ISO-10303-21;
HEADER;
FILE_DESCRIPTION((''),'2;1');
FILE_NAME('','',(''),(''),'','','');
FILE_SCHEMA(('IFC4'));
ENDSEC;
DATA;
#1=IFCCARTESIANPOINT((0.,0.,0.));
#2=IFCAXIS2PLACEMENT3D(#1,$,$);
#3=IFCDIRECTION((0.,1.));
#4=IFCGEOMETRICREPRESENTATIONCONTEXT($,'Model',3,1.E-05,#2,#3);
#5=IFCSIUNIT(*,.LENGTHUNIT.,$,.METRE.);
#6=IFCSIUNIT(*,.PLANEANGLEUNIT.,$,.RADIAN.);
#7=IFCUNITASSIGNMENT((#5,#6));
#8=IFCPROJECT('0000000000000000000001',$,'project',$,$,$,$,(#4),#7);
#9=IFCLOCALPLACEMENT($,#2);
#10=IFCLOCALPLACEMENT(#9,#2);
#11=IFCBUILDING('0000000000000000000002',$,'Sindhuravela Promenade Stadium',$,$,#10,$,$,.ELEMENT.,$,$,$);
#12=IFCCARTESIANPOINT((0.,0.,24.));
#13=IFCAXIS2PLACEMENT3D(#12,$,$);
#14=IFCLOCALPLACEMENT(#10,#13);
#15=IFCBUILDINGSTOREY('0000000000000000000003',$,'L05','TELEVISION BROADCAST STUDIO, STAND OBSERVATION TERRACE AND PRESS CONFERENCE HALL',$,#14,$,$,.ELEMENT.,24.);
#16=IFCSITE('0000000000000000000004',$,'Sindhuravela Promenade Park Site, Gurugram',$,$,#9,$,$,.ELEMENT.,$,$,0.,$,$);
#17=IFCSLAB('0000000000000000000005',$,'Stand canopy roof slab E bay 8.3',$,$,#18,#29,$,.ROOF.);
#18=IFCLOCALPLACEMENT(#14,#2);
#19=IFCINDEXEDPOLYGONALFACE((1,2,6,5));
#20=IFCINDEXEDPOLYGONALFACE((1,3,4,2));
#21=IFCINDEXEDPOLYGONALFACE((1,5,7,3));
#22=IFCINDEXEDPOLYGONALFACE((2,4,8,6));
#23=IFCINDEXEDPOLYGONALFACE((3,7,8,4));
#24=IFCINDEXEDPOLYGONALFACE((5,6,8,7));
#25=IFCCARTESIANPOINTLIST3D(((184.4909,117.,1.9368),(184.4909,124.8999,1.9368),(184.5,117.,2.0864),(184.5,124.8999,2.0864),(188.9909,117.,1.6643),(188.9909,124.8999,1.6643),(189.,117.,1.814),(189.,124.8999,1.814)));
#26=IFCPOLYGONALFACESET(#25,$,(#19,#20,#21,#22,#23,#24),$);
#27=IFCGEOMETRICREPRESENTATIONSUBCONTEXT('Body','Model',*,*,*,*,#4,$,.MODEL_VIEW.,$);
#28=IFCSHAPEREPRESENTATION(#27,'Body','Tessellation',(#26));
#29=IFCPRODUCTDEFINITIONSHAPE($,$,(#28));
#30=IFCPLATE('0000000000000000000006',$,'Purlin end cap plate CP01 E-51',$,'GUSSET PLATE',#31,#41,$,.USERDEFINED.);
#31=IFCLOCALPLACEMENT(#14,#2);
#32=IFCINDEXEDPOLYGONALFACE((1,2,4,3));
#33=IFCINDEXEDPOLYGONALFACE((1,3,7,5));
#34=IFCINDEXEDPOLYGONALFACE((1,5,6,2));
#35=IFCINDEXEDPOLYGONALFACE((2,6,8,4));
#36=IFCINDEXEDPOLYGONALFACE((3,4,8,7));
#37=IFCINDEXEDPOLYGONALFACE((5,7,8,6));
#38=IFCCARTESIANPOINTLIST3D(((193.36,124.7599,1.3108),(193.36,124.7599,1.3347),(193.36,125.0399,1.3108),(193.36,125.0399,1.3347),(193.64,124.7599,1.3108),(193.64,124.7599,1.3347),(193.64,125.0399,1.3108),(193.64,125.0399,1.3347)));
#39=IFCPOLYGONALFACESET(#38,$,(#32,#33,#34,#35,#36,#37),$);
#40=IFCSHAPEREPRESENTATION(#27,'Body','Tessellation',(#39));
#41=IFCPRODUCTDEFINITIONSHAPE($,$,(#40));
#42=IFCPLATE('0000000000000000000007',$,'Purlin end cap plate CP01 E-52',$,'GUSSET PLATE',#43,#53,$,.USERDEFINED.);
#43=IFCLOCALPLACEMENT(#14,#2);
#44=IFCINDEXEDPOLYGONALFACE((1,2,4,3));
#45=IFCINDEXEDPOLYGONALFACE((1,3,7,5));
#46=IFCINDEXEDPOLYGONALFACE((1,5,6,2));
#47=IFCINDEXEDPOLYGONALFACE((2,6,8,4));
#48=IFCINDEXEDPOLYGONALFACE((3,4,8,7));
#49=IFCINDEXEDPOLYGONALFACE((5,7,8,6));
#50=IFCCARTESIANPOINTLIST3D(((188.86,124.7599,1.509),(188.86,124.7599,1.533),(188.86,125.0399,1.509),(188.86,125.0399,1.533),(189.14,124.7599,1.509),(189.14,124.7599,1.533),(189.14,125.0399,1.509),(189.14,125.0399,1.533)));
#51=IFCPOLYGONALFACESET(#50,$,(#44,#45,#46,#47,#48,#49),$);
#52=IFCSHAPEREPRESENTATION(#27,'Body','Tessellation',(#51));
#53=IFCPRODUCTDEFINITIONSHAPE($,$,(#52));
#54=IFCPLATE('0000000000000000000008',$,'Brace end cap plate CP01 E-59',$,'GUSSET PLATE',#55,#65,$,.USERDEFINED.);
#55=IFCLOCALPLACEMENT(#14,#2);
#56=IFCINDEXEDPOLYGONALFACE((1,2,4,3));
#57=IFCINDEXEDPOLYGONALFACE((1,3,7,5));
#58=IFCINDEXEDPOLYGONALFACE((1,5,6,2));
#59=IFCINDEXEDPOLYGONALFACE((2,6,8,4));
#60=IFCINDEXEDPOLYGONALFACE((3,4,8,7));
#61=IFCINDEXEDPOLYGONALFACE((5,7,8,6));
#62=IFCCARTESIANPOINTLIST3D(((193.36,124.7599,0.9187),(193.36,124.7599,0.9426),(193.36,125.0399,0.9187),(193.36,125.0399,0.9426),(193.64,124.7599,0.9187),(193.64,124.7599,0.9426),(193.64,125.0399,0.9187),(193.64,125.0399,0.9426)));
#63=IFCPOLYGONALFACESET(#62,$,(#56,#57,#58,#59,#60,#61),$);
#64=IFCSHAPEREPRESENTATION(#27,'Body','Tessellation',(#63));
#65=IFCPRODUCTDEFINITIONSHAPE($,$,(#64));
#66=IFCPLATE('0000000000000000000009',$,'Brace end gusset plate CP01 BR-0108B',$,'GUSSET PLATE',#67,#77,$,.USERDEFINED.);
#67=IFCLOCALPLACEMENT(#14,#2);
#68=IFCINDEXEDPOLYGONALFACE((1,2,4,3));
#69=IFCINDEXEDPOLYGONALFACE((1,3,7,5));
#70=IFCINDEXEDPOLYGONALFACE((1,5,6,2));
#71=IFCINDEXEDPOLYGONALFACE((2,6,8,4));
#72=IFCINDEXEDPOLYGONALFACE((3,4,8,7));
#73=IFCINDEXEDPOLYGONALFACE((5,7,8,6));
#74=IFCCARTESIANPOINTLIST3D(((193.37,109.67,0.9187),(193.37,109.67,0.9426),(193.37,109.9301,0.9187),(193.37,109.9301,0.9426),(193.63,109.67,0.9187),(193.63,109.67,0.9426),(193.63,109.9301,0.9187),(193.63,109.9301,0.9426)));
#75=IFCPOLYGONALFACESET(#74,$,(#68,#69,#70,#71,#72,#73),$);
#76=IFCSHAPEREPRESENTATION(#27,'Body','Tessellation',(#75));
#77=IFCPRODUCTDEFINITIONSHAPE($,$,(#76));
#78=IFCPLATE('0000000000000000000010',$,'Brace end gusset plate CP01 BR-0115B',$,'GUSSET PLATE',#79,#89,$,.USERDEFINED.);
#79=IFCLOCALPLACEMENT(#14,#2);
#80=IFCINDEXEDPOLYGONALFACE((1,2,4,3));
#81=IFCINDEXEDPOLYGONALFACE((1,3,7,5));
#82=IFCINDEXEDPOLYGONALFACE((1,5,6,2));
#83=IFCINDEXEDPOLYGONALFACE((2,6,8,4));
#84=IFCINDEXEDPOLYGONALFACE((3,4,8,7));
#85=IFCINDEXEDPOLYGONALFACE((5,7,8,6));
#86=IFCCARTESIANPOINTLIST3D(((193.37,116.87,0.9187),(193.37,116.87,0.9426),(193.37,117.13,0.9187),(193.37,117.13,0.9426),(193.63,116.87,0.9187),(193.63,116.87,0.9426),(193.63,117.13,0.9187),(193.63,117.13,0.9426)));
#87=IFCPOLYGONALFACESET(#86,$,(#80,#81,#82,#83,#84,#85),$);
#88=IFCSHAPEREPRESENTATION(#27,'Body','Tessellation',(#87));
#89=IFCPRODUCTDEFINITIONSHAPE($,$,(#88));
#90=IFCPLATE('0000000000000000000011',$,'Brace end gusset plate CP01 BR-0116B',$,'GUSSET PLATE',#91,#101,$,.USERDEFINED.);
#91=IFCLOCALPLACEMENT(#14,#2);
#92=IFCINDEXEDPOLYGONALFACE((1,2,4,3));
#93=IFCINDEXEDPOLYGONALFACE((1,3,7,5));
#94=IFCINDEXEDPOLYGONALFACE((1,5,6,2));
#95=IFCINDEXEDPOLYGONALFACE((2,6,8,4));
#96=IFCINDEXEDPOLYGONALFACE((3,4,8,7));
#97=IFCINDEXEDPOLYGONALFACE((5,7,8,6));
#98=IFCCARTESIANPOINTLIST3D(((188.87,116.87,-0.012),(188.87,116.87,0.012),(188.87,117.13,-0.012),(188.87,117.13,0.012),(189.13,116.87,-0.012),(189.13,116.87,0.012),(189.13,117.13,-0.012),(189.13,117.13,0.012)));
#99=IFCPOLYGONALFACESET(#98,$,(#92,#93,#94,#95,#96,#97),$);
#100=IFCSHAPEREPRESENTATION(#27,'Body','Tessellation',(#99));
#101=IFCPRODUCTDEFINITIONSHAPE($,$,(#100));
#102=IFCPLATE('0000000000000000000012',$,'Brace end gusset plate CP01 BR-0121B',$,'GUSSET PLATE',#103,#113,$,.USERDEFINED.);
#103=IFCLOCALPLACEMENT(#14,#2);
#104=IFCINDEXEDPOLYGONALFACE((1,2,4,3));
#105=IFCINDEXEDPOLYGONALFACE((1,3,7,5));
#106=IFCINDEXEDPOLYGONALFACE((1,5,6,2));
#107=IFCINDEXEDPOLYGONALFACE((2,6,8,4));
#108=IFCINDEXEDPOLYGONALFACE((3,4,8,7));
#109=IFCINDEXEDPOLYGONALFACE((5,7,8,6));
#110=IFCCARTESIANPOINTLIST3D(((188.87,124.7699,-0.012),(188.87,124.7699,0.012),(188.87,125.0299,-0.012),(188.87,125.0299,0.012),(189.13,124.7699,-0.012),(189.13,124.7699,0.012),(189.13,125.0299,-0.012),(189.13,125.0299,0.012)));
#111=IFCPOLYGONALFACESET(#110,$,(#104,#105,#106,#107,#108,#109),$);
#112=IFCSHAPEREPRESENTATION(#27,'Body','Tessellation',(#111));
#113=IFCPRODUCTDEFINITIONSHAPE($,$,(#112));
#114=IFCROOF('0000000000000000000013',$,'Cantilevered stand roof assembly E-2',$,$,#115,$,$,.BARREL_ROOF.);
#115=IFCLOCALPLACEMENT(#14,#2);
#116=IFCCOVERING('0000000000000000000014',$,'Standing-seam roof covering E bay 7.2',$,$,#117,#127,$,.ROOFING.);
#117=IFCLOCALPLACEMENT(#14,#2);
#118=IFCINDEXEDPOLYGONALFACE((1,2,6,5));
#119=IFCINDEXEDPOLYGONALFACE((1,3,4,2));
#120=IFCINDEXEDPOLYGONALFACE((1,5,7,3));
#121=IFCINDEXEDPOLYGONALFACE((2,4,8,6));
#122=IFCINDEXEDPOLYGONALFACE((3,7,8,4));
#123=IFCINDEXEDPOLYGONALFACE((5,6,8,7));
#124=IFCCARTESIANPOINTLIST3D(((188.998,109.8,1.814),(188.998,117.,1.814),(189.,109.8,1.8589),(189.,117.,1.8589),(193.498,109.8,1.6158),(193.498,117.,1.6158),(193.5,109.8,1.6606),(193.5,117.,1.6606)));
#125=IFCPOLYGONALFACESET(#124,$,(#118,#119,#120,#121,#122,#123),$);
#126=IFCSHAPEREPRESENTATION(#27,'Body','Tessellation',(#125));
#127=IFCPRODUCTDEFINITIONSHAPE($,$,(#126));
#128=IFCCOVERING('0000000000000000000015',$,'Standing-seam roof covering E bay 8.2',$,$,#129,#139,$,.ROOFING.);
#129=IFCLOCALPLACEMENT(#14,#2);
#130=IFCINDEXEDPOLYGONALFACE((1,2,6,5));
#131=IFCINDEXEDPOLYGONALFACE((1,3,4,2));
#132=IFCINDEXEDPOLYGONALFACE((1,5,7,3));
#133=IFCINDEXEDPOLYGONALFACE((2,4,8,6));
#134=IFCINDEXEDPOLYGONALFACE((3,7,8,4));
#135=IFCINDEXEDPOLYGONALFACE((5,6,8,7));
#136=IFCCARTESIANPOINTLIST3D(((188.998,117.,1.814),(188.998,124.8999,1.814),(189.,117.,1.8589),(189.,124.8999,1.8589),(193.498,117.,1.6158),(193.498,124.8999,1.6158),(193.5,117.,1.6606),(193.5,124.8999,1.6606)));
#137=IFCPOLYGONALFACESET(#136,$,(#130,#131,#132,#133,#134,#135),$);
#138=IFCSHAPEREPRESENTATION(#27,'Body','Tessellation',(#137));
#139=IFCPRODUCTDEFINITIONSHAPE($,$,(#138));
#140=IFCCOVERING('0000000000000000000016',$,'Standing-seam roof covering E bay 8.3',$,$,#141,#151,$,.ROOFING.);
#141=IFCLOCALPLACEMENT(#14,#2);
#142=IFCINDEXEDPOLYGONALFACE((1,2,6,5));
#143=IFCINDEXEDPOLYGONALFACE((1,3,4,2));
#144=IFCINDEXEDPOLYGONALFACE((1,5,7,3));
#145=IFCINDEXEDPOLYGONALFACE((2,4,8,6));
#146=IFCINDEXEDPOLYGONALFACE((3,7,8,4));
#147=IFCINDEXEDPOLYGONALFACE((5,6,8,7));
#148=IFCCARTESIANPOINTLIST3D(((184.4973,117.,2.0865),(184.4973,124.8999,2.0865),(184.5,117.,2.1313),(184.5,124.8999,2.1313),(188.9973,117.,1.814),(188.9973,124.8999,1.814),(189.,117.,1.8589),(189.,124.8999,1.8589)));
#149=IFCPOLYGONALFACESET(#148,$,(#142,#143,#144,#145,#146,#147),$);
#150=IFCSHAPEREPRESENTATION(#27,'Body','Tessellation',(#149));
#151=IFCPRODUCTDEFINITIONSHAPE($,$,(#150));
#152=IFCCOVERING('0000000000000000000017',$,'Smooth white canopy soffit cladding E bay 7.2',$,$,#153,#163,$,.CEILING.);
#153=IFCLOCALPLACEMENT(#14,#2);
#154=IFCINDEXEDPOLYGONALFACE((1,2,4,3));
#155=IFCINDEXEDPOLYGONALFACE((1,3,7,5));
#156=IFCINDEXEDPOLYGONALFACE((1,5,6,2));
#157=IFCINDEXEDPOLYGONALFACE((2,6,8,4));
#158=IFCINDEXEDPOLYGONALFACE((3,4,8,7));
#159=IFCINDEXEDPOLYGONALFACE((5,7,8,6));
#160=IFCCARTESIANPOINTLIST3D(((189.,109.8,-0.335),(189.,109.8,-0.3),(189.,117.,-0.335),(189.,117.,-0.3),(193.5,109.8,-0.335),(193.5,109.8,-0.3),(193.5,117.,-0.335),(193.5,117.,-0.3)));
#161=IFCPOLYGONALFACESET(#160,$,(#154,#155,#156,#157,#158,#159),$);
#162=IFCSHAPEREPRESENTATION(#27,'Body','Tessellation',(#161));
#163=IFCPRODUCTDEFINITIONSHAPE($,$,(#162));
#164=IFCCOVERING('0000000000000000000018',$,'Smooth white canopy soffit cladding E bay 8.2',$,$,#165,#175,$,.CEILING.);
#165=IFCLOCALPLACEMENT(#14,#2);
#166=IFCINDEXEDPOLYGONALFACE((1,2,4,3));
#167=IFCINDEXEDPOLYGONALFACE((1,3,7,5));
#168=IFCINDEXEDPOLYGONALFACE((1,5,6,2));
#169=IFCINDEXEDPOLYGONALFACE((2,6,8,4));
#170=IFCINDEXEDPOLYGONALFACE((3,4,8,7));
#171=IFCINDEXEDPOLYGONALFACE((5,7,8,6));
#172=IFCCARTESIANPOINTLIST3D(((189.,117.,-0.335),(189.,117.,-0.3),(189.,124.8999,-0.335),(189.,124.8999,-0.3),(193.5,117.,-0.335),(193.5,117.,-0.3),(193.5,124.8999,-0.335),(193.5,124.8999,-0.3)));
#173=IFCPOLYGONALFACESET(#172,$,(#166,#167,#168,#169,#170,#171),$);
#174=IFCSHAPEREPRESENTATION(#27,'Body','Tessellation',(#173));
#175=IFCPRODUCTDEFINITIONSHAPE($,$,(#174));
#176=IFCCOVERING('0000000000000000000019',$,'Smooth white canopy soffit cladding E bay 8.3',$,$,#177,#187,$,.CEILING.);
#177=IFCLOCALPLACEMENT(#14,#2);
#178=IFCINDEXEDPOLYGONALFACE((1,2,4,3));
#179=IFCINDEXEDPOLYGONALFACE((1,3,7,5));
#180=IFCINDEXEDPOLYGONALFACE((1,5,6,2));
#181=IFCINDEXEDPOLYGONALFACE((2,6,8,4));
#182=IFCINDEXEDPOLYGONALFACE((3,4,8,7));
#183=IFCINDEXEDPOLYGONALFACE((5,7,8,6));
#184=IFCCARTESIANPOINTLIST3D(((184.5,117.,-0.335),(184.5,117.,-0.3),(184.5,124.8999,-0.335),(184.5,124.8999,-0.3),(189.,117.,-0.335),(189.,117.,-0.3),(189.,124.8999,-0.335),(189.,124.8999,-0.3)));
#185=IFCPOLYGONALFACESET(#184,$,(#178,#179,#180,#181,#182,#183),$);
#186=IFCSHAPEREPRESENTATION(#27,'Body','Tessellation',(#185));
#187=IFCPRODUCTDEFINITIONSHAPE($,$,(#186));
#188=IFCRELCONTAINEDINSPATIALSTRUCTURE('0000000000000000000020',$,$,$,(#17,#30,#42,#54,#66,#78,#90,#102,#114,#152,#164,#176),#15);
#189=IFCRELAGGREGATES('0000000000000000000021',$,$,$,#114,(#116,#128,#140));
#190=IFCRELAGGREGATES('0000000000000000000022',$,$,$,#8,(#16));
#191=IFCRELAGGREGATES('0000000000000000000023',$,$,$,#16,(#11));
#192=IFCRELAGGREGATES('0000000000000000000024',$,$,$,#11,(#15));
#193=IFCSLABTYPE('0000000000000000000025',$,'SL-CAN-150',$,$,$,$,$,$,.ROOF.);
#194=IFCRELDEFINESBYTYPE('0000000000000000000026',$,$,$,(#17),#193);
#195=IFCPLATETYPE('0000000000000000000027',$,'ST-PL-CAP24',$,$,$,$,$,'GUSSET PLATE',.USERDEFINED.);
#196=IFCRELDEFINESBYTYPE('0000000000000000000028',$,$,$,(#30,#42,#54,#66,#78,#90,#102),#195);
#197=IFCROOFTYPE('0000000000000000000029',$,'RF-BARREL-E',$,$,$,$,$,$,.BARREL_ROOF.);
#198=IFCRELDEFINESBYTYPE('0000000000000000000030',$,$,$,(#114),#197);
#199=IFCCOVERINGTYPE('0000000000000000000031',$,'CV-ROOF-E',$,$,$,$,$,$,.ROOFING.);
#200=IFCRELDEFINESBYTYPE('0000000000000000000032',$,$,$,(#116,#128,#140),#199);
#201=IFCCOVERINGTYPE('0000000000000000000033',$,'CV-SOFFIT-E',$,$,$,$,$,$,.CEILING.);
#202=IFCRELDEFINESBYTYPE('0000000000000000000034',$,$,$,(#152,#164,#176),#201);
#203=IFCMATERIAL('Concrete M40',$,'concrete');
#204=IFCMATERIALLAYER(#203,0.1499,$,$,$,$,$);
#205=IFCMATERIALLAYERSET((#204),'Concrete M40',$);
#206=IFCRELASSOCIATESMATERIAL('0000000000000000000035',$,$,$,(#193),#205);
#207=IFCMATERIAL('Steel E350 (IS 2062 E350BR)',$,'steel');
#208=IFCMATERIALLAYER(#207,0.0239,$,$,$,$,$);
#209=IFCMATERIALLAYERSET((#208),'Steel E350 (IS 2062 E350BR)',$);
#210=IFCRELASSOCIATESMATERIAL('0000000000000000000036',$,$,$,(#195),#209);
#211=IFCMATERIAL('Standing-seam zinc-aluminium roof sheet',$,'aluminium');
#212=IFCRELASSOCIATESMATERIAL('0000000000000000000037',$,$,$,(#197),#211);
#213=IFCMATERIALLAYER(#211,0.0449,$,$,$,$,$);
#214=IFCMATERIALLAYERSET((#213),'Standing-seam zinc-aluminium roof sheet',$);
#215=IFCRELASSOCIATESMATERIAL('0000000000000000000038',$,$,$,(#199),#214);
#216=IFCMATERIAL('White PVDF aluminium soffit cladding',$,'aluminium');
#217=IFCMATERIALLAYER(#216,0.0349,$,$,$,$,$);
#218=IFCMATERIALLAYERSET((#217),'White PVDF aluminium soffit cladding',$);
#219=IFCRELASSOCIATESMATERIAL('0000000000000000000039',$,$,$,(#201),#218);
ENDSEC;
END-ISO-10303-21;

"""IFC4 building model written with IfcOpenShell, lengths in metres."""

from ifc_helpers import new_model, si_unit, direction, frame, origin, origin_2d, place, context, subcontext, project, spatial, polyline, rectangle, outline, extrude, material, layer, layer_set, type_object, element, aggregate, save


model = new_model("IFC4")

# Units and contexts
model_context = context("Model", 3, precision=1e-05, world=origin(), true_north=direction((0.0, 1.0)))
body_context = subcontext(model_context, "Body", "Model", "MODEL_VIEW")
ifc_project = project(units=[si_unit("LENGTHUNIT", "METRE"), si_unit("PLANEANGLEUNIT", "RADIAN")], contexts=[model_context])

# Site, building, storey
site_placement = place(None, origin())
site = spatial("IfcSite", under=ifc_project, at=site_placement, Name="Sindhuravela Promenade Park Site, Gurugram", CompositionType="ELEMENT", RefElevation=0.0)
building_placement = place(site_placement, origin())
building = spatial("IfcBuilding", under=site, at=building_placement, Name="Sindhuravela Promenade Stadium", CompositionType="ELEMENT")
storey_placement = place(building_placement, frame((0.0, 0.0, 24.0)))
storey = spatial("IfcBuildingStorey", under=building, at=storey_placement, Name="L05", Description="TELEVISION BROADCAST STUDIO, STAND OBSERVATION TERRACE AND PRESS CONFERENCE HALL", CompositionType="ELEMENT", Elevation=24.0)

# Shared definitions
ifc_material_1 = material(Name="Steel E350 (IS 2062 E350BR)", Category="steel")

# Slab
ifc_material_2 = material(Name="Concrete M40", Category="concrete")
ifc_layer_1 = layer(ifc_material_2, 0.1499)
ifc_layer_set_1 = layer_set([ifc_layer_1], Name="Concrete M40")
slab_type = type_object("IfcSlabType", Name="SL-CAN-150", PredefinedType="ROOF", material=ifc_layer_set_1)
slab_1_placement = place(storey_placement, frame((189.0, 117.0, 1.814), z_axis=(0.060436, 0.0, 0.998172), x_axis=(0.0, 1.0, 0.0)))
element("IfcSlab", 1, at=slab_1_placement, inside=storey, type_object=slab_type, Name="Stand canopy roof slab E bay 8.3", PredefinedType="ROOF", context=body_context, shape_type="SweptSolid", body=[
    extrude(outline(polyline([(0.0, 0.0), (7.8999, 0.0), (7.8999, 4.5082), (0.0, 4.5082), (0.0, 0.0)])), origin(), (0.0, 0.0, -1.0), 0.1499),
])

# Plates
ifc_layer_2 = layer(ifc_material_1, 0.0239)
ifc_layer_set_2 = layer_set([ifc_layer_2], Name="Steel E350 (IS 2062 E350BR)")
plate_type = type_object("IfcPlateType", Name="ST-PL-CAP24", ElementType="GUSSET PLATE", PredefinedType="USERDEFINED", material=ifc_layer_set_2)
for number, where, z_axis, x_axis, name in (
    (2, (193.5, 124.8999, 1.3108), (0.0, 0.0, 1.0), (1.0, 0.0, 0.0), "Purlin end cap plate CP01 E-51"),
    (3, (189.0, 124.8999, 1.509), (0.0, 0.0, 1.0), (1.0, 0.0, 0.0), "Purlin end cap plate CP01 E-52"),
    (4, (193.5, 124.8999, 0.9187), (0.0, 0.0, 1.0), (1.0, 0.0, 0.0), "Brace end cap plate CP01 E-59"),
):
    element("IfcPlate", number, at=place(storey_placement, frame(where, z_axis=z_axis, x_axis=x_axis)), inside=storey, type_object=plate_type, Name=name, ObjectType="GUSSET PLATE", PredefinedType="USERDEFINED", context=body_context, shape_type="SweptSolid", body=[
        extrude(rectangle(XDim=0.28, YDim=0.28, at=origin_2d()), origin(), (0.0, 0.0, 1.0), 0.0239),
    ])
for number, where, z_axis, x_axis, name in (
    (5, (193.5, 109.8, 0.9187), (0.0, 0.0, 1.0), (1.0, 0.0, 0.0), "Brace end gusset plate CP01 BR-0108B"),
    (6, (193.5, 117.0, 0.9187), (0.0, 0.0, 1.0), (1.0, 0.0, 0.0), "Brace end gusset plate CP01 BR-0115B"),
    (7, (189.0, 117.0, -0.012), (0.0, 0.0, 1.0), (1.0, 0.0, 0.0), "Brace end gusset plate CP01 BR-0116B"),
    (8, (189.0, 124.8999, -0.012), (0.0, 0.0, 1.0), (1.0, 0.0, 0.0), "Brace end gusset plate CP01 BR-0121B"),
):
    element("IfcPlate", number, at=place(storey_placement, frame(where, z_axis=z_axis, x_axis=x_axis)), inside=storey, type_object=plate_type, Name=name, ObjectType="GUSSET PLATE", PredefinedType="USERDEFINED", context=body_context, shape_type="SweptSolid", body=[
        extrude(rectangle(XDim=0.26, YDim=0.26, at=origin_2d()), origin(), (0.0, 0.0, 1.0), 0.0239),
    ])

# Roof, coverings
ifc_material_3 = material(Name="Standing-seam zinc-aluminium roof sheet", Category="aluminium")
roof_type = type_object("IfcRoofType", Name="RF-BARREL-E", PredefinedType="BARREL_ROOF", material=ifc_material_3)
roof_placement = place(storey_placement, origin())
roof = element("IfcRoof", 9, at=roof_placement, inside=storey, type_object=roof_type, Name="Cantilevered stand roof assembly E-2", PredefinedType="BARREL_ROOF")
ifc_layer_3 = layer(ifc_material_3, 0.0449)
ifc_layer_set_3 = layer_set([ifc_layer_3], Name="Standing-seam zinc-aluminium roof sheet")
covering_type_1 = type_object("IfcCoveringType", Name="CV-ROOF-E", PredefinedType="ROOFING", material=ifc_layer_set_3)
covering_1_placement = place(storey_placement, frame((193.5, 109.8, 1.6606), z_axis=(0.044011, 0.0, 0.999031), x_axis=(0.0, 1.0, 0.0)))
covering_1 = element("IfcCovering", 10, at=covering_1_placement, type_object=covering_type_1, Name="Standing-seam roof covering E bay 7.2", PredefinedType="ROOFING", context=body_context, shape_type="SweptSolid", body=[
    extrude(outline(polyline([(0.0, 0.0), (7.2, 0.0), (7.2, 4.5044), (0.0, 4.5044), (0.0, 0.0)])), origin(), (0.0, 0.0, -1.0), 0.0449),
])
covering_2_placement = place(storey_placement, frame((193.5, 117.0, 1.6606), z_axis=(0.044011, 0.0, 0.999031), x_axis=(0.0, 1.0, 0.0)))
covering_2 = element("IfcCovering", 11, at=covering_2_placement, type_object=covering_type_1, Name="Standing-seam roof covering E bay 8.2", PredefinedType="ROOFING", context=body_context, shape_type="SweptSolid", body=[
    extrude(outline(polyline([(0.0, 0.0), (7.8999, 0.0), (7.8999, 4.5044), (0.0, 4.5044), (0.0, 0.0)])), origin(), (0.0, 0.0, -1.0), 0.0449),
])
covering_3_placement = place(storey_placement, frame((189.0, 117.0, 1.8589), z_axis=(0.060436, 0.0, 0.998172), x_axis=(0.0, 1.0, 0.0)))
covering_3 = element("IfcCovering", 12, at=covering_3_placement, type_object=covering_type_1, Name="Standing-seam roof covering E bay 8.3", PredefinedType="ROOFING", context=body_context, shape_type="SweptSolid", body=[
    extrude(outline(polyline([(0.0, 0.0), (7.8999, 0.0), (7.8999, 4.5082), (0.0, 4.5082), (0.0, 0.0)])), origin(), (0.0, 0.0, -1.0), 0.0449),
])
aggregate(roof, [covering_1, covering_2, covering_3])

# Coverings
ifc_material_4 = material(Name="White PVDF aluminium soffit cladding", Category="aluminium")
ifc_layer_4 = layer(ifc_material_4, 0.0349)
ifc_layer_set_4 = layer_set([ifc_layer_4], Name="White PVDF aluminium soffit cladding")
covering_type_2 = type_object("IfcCoveringType", Name="CV-SOFFIT-E", PredefinedType="CEILING", material=ifc_layer_set_4)
covering_4_placement = place(storey_placement, frame((193.5, 109.8, -0.3), z_axis=(0.0, 0.0, 1.0), x_axis=(0.0, 1.0, 0.0)))
element("IfcCovering", 13, at=covering_4_placement, inside=storey, type_object=covering_type_2, Name="Smooth white canopy soffit cladding E bay 7.2", PredefinedType="CEILING", context=body_context, shape_type="SweptSolid", body=[
    extrude(outline(polyline([(0.0, 0.0), (7.2, 0.0), (7.2, 4.5), (0.0, 4.5), (0.0, 0.0)])), origin(), (0.0, 0.0, -1.0), 0.0349),
])
for number, where, z_axis, x_axis, name in (
    (14, (193.5, 117.0, -0.3), (0.0, 0.0, 1.0), (0.0, 1.0, 0.0), "Smooth white canopy soffit cladding E bay 8.2"),
    (15, (189.0, 117.0, -0.3), (0.0, 0.0, 1.0), (0.0, 1.0, 0.0), "Smooth white canopy soffit cladding E bay 8.3"),
):
    element("IfcCovering", number, at=place(storey_placement, frame(where, z_axis=z_axis, x_axis=x_axis)), inside=storey, type_object=covering_type_2, Name=name, PredefinedType="CEILING", context=body_context, shape_type="SweptSolid", body=[
        extrude(outline(polyline([(0.0, 0.0), (7.8999, 0.0), (7.8999, 4.5), (0.0, 4.5), (0.0, 0.0)])), origin(), (0.0, 0.0, -1.0), 0.0349),
    ])

save(model, "model.ifc")
